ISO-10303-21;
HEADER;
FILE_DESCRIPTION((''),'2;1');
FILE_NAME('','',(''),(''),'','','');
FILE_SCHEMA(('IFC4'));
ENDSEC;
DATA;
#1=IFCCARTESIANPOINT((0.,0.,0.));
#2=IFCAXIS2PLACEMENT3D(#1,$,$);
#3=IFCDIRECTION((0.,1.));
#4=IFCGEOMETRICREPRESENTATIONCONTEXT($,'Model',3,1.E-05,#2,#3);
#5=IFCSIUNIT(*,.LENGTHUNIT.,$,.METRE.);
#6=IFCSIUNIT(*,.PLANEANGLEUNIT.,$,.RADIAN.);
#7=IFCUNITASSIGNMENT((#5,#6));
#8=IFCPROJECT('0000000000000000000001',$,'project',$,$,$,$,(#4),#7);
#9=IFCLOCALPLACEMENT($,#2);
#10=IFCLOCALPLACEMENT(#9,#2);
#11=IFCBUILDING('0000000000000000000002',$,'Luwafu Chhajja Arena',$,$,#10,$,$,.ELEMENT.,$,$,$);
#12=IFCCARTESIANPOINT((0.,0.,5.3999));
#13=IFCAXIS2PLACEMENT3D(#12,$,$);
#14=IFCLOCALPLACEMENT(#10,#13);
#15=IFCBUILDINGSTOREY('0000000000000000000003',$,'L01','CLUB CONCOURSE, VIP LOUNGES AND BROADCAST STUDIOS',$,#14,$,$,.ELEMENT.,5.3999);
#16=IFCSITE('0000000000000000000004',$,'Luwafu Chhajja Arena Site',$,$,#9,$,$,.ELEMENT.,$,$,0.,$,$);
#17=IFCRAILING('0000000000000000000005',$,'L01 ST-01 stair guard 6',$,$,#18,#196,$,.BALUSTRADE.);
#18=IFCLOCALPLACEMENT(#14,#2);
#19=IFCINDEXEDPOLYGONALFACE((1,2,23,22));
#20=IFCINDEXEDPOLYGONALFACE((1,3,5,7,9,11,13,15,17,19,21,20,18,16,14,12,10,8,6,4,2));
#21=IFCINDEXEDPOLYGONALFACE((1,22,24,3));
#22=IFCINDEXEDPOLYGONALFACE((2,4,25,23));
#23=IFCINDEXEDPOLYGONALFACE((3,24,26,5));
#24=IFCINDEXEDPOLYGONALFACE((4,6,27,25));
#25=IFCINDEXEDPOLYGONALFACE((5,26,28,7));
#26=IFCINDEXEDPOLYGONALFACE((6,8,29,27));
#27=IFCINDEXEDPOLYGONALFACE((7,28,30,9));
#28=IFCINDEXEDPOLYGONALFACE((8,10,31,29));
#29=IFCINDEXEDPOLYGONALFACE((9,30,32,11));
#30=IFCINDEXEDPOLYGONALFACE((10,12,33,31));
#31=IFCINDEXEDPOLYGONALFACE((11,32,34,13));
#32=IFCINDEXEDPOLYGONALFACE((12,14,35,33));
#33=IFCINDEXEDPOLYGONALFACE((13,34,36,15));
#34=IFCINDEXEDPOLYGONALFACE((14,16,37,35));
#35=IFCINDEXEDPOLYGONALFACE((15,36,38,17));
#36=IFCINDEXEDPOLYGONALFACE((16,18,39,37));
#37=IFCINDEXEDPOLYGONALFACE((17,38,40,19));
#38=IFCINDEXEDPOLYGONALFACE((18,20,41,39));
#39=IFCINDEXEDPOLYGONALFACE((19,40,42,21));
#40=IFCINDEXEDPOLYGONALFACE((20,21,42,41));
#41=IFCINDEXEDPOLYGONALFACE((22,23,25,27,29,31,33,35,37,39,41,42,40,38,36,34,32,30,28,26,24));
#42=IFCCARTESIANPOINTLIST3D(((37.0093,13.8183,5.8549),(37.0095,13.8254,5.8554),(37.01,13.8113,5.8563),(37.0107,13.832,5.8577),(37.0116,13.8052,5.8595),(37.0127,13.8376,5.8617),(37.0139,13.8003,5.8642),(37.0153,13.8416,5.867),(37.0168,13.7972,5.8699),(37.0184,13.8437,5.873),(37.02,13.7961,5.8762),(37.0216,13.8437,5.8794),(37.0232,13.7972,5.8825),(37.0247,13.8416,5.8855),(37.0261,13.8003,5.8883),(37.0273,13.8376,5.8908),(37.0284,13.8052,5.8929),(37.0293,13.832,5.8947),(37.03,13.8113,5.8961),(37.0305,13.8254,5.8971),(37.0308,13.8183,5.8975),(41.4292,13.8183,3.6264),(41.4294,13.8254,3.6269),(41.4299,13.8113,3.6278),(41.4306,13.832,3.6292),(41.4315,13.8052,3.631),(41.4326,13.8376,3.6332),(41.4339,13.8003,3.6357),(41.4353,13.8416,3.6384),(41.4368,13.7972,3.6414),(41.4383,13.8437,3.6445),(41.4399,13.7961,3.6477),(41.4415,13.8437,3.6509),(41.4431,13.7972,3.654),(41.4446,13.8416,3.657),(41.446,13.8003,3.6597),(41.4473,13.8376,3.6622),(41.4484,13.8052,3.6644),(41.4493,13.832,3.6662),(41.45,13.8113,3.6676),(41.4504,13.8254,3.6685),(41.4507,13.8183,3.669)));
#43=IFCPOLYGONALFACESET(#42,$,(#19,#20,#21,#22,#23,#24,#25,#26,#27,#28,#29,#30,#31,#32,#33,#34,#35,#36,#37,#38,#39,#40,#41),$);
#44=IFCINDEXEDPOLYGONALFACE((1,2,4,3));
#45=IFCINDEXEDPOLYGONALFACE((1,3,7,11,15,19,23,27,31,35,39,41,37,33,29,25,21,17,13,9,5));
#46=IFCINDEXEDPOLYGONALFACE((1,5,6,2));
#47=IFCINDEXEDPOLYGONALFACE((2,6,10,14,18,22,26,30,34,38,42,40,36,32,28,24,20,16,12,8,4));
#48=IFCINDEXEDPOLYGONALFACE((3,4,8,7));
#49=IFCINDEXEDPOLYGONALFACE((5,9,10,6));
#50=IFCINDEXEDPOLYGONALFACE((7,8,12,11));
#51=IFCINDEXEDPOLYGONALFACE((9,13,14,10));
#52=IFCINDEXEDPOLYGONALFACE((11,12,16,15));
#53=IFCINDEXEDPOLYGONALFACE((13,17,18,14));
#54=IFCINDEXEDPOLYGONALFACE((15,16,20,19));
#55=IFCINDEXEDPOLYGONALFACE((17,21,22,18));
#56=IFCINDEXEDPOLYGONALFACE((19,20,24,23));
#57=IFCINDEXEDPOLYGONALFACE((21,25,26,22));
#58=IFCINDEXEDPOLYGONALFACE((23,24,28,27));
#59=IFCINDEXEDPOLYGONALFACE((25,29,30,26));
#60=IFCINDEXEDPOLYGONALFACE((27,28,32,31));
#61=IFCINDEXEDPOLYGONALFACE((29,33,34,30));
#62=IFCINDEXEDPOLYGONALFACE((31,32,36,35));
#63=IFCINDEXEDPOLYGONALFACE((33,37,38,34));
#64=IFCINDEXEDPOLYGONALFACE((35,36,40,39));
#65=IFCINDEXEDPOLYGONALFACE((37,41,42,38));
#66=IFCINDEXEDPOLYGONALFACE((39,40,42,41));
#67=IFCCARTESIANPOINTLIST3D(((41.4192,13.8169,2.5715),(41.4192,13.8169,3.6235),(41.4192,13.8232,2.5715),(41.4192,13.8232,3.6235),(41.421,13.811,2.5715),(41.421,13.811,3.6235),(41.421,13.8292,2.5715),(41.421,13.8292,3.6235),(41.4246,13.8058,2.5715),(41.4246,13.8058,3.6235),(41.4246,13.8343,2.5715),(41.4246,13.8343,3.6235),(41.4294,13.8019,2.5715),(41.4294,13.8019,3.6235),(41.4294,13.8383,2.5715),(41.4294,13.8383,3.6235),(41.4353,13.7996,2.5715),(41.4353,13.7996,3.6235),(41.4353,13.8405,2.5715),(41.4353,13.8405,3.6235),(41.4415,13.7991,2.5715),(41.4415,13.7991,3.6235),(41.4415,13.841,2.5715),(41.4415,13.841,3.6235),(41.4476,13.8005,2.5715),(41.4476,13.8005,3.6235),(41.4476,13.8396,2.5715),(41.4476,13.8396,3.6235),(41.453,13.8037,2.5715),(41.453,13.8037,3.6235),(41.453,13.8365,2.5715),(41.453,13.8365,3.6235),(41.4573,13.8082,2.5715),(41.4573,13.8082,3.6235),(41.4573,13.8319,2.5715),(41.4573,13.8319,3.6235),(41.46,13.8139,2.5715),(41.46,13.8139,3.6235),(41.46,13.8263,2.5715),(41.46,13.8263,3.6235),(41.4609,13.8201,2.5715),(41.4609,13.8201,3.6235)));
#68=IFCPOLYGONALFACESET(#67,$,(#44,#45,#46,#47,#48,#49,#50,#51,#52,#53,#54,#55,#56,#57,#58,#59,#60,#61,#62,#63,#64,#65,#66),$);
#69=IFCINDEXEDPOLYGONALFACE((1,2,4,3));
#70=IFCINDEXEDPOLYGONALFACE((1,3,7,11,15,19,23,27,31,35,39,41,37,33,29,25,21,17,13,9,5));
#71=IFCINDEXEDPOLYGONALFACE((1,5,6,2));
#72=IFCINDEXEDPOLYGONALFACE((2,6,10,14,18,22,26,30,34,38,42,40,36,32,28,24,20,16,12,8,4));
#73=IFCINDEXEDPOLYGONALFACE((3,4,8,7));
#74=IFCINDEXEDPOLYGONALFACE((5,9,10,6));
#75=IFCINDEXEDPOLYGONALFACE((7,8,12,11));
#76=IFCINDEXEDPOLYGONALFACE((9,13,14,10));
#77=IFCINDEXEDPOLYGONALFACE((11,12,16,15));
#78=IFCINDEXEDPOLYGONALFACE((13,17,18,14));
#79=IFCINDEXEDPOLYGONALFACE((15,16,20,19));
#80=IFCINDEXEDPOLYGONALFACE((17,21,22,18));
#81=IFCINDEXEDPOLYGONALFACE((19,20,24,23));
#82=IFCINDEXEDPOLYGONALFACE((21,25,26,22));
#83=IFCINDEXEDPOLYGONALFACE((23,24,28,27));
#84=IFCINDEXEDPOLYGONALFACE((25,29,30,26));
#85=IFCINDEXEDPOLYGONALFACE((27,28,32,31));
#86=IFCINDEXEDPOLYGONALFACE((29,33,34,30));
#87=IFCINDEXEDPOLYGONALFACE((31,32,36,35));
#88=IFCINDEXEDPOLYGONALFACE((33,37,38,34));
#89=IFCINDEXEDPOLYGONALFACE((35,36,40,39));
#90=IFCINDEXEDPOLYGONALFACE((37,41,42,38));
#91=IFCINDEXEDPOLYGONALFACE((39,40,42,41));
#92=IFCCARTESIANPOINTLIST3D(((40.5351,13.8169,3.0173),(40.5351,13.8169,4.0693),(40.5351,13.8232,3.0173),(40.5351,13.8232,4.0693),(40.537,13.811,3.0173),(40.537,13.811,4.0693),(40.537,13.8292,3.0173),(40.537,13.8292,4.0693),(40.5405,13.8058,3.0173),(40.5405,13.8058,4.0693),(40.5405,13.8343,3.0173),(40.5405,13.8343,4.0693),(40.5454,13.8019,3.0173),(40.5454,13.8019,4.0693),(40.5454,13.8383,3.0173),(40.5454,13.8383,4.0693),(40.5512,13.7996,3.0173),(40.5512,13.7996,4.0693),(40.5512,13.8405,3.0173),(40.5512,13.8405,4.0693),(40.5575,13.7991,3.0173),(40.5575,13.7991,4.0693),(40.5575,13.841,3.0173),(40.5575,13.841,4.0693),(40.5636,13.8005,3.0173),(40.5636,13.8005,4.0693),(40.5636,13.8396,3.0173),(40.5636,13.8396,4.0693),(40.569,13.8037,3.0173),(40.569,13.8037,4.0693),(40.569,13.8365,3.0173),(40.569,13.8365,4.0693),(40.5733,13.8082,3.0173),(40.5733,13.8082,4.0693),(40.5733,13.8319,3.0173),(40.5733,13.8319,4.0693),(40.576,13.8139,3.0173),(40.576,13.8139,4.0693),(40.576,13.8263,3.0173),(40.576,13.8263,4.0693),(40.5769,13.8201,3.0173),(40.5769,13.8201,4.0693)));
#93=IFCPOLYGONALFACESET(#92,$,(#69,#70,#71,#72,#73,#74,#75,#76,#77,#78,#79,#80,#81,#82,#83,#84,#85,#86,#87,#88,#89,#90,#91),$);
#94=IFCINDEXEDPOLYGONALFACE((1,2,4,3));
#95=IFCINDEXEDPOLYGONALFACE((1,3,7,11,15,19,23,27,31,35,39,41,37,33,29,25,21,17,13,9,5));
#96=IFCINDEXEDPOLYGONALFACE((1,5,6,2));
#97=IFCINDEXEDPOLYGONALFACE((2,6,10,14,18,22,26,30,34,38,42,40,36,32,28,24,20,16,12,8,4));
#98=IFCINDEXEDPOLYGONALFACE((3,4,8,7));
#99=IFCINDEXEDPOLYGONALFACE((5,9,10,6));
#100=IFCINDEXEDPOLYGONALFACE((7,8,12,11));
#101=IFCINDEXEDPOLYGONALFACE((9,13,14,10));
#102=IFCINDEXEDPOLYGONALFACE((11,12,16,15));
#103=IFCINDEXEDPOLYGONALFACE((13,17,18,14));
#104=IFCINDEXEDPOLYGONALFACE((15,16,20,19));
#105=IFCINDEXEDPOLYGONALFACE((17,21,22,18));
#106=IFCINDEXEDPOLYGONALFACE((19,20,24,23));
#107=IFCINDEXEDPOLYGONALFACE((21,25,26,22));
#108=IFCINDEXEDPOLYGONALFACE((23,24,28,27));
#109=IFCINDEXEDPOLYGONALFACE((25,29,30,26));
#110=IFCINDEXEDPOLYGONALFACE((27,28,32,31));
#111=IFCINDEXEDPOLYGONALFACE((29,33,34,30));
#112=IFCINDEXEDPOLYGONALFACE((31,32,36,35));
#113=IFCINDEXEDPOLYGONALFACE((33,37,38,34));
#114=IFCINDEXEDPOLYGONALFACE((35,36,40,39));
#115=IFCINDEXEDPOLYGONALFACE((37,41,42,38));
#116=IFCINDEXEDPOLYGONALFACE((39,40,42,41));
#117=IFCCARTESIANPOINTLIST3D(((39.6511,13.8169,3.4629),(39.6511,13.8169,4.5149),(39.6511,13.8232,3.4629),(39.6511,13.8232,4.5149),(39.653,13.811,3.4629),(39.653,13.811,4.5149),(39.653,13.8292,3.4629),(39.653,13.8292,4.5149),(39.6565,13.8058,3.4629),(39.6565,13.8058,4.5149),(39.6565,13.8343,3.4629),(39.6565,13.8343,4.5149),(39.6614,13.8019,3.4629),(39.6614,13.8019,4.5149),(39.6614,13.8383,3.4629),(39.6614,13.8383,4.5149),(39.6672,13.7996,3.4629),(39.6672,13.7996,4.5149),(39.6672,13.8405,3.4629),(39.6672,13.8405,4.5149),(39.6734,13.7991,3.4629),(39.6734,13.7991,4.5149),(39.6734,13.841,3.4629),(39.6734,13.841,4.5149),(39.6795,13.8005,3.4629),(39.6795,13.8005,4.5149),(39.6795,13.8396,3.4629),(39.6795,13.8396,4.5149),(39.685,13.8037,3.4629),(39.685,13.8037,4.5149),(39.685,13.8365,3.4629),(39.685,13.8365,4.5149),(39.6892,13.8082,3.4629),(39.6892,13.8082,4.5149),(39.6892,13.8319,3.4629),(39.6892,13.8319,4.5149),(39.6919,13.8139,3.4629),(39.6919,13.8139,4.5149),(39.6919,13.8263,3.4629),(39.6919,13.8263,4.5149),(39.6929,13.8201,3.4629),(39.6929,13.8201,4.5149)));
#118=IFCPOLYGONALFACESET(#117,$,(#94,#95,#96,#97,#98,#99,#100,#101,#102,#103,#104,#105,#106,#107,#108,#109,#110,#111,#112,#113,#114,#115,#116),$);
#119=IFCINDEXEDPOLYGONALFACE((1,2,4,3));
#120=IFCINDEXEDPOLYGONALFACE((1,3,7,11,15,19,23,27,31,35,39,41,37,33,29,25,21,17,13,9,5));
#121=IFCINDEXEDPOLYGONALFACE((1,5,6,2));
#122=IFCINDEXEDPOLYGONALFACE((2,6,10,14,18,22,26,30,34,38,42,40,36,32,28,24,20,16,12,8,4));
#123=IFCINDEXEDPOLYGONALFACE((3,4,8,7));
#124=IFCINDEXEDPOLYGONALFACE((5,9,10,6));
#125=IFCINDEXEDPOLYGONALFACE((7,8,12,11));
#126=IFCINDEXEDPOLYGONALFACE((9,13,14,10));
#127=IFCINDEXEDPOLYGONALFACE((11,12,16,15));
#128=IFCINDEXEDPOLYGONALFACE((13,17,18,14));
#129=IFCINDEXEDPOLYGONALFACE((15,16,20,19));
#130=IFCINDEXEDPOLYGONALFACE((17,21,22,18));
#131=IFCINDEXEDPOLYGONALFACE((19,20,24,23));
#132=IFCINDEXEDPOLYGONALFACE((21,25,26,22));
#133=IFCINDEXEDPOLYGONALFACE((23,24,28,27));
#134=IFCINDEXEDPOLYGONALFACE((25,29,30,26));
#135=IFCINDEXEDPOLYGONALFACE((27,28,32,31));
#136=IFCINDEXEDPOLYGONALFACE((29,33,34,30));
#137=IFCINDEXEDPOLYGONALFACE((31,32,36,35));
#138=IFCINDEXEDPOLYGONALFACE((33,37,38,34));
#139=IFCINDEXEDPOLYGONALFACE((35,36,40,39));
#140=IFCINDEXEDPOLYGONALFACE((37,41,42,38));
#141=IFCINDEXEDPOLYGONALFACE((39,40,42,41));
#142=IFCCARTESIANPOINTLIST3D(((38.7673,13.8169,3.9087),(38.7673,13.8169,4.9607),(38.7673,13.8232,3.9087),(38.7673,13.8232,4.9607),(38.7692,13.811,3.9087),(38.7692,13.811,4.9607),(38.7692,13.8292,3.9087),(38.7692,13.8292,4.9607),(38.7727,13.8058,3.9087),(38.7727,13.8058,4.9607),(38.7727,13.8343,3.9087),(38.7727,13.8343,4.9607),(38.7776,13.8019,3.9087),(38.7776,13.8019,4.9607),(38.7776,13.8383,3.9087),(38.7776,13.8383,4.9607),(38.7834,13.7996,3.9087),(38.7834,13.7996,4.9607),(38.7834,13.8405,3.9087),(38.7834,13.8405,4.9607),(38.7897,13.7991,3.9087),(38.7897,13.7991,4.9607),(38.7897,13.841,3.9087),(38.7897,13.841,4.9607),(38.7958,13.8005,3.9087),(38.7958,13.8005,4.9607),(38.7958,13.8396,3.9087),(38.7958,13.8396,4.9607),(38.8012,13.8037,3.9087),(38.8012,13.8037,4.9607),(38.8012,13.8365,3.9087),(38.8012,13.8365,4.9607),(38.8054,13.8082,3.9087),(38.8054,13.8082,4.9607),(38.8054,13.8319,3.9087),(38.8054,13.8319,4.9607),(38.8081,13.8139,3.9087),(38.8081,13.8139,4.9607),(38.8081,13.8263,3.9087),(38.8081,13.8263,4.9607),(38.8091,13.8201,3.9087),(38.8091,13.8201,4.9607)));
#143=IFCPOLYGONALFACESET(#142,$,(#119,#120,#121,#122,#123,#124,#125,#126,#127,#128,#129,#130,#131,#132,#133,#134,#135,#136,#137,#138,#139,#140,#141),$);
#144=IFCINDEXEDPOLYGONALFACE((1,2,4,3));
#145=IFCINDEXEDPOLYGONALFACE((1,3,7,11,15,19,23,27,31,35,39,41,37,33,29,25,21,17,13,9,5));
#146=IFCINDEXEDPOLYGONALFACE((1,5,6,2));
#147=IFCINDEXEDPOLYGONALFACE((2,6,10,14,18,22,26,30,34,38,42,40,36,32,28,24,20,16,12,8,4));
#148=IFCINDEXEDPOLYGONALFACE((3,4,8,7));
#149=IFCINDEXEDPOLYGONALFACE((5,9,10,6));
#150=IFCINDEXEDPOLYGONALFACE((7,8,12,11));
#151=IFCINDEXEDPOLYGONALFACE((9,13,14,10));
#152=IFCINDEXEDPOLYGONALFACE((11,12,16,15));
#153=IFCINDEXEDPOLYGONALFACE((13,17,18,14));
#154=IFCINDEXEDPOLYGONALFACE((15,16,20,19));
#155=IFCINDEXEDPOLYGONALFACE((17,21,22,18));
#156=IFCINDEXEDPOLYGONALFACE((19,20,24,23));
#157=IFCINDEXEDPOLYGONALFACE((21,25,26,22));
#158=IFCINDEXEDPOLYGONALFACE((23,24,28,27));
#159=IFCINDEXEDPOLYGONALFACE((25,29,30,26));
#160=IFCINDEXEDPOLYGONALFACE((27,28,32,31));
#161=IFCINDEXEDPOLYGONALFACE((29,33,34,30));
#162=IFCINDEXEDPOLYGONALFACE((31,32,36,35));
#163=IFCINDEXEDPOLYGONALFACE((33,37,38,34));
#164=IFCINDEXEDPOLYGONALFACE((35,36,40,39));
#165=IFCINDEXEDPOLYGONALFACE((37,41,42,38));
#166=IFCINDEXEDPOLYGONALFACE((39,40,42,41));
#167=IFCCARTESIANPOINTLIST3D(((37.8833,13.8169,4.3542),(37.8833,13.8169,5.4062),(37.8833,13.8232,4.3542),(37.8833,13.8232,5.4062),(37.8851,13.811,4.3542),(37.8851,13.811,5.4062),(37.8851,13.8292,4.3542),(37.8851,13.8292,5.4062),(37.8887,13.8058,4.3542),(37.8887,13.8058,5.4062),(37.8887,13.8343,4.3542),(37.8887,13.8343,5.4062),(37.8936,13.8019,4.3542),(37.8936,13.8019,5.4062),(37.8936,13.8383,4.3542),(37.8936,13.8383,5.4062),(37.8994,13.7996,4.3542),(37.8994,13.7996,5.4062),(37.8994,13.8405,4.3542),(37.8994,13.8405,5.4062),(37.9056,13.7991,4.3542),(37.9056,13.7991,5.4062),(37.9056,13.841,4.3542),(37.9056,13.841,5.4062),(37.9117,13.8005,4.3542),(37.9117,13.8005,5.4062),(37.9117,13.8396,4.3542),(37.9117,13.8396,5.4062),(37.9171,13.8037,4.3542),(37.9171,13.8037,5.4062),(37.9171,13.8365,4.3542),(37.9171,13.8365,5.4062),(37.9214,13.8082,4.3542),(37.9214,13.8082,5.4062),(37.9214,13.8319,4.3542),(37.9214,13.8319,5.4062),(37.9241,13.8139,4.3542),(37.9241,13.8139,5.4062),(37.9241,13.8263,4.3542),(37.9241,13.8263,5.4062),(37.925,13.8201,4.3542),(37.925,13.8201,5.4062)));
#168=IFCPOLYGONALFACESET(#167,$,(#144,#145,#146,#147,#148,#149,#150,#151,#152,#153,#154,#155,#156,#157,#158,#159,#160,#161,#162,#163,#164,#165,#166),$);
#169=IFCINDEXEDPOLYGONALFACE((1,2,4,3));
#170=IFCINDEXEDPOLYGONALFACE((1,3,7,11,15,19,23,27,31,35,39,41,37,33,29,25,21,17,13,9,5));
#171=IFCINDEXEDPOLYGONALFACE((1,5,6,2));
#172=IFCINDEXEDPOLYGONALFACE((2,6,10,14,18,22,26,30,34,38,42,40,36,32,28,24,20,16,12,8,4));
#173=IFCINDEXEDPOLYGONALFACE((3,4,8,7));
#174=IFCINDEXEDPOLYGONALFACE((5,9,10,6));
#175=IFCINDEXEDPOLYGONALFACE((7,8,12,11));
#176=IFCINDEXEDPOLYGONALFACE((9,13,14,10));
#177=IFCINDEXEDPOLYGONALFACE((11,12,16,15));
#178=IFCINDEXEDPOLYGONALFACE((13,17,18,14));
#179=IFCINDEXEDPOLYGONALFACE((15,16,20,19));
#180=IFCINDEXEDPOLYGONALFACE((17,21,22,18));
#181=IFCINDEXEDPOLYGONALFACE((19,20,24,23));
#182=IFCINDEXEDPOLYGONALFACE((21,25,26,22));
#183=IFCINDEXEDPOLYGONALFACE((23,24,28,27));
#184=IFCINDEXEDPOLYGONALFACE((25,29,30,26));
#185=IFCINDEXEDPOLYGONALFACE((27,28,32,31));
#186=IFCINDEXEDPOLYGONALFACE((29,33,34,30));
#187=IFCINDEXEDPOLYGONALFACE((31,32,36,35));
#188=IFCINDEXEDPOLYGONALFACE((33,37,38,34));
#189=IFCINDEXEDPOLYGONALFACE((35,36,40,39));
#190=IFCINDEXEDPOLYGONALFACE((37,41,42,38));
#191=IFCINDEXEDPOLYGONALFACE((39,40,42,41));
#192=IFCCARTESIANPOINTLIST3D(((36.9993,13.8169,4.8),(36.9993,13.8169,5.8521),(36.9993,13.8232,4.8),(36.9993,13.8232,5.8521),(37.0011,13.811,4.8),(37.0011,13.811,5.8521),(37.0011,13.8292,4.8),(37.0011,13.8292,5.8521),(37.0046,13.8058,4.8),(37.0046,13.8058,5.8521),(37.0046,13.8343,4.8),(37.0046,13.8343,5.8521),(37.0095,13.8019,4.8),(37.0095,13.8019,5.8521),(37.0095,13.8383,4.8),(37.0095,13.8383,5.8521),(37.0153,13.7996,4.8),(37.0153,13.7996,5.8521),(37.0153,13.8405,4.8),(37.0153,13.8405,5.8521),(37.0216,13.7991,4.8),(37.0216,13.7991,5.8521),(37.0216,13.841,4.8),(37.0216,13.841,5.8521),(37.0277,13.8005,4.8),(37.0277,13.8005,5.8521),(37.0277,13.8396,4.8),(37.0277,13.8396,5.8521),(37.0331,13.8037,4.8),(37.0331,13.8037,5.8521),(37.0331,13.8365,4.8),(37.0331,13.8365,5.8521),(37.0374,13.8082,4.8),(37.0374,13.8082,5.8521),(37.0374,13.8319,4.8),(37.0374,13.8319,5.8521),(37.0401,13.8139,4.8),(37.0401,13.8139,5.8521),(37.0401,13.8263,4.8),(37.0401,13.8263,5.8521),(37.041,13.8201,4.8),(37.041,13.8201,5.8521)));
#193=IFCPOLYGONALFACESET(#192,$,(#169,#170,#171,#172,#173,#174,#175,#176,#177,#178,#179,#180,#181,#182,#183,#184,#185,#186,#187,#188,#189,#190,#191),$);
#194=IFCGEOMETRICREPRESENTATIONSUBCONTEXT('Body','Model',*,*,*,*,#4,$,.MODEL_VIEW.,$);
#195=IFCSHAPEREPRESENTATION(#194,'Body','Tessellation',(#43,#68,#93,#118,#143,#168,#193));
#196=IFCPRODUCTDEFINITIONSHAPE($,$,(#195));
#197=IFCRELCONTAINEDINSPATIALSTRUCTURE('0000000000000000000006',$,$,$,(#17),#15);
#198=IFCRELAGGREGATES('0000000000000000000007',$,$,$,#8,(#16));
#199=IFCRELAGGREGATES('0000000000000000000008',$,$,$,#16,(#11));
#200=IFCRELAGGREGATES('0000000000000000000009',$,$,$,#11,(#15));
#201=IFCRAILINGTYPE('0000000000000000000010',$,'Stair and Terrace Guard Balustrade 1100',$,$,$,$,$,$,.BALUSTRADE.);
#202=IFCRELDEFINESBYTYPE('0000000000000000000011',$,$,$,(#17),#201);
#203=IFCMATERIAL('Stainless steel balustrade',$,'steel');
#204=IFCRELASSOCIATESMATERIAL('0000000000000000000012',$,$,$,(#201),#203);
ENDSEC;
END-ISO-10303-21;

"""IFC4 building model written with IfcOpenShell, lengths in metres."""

from ifc_helpers import new_model, si_unit, direction, frame, origin, origin_2d, place, context, subcontext, project, spatial, circle, extrude, material, type_object, element, save


model = new_model("IFC4")

# Units and contexts
model_context = context("Model", 3, precision=1e-05, world=origin(), true_north=direction((0.0, 1.0)))
body_context = subcontext(model_context, "Body", "Model", "MODEL_VIEW")
ifc_project = project(units=[si_unit("LENGTHUNIT", "METRE"), si_unit("PLANEANGLEUNIT", "RADIAN")], contexts=[model_context])

# Site, building, storey
site_placement = place(None, origin())
site = spatial("IfcSite", under=ifc_project, at=site_placement, Name="Luwafu Chhajja Arena Site", CompositionType="ELEMENT", RefElevation=0.0)
building_placement = place(site_placement, origin())
building = spatial("IfcBuilding", under=site, at=building_placement, Name="Luwafu Chhajja Arena", CompositionType="ELEMENT")
storey_placement = place(building_placement, frame((0.0, 0.0, 5.3999)))
storey = spatial("IfcBuildingStorey", under=building, at=storey_placement, Name="L01", Description="CLUB CONCOURSE, VIP LOUNGES AND BROADCAST STUDIOS", CompositionType="ELEMENT", Elevation=5.3999)

# Railing
ifc_material_1 = material(Name="Stainless steel balustrade", Category="steel")
railing_type_1 = type_object("IfcRailingType", Name="Stair and Terrace Guard Balustrade 1100", PredefinedType="BALUSTRADE", material=ifc_material_1)
railing_1_placement = place(storey_placement, frame((41.4399, 13.8201, 2.5715)))
element("IfcRailing", 1, at=railing_1_placement, inside=storey, type_object=railing_type_1, Name="L01 ST-01 stair guard 6", PredefinedType="BALUSTRADE", context=body_context, shape_type="SweptSolid", body=[
    extrude(circle(Radius=0.0239, at=origin_2d()), frame((0.0, 0.0, 1.0762), z_axis=(-0.892923, 0.0, 0.45021), x_axis=(0.0, -1.0, 0.0)), (0.0, 0.0, 1.0), 4.95),
    extrude(circle(Radius=0.021, at=origin_2d()), origin(), (0.0, 0.0, 1.0), 1.052),
    extrude(circle(Radius=0.021, at=origin_2d()), frame((-0.884, 0.0, 0.4458)), (0.0, 0.0, 1.0), 1.052),
    extrude(circle(Radius=0.021, at=origin_2d()), frame((-1.7681, 0.0, 0.8914)), (0.0, 0.0, 1.0), 1.052),
    extrude(circle(Radius=0.021, at=origin_2d()), frame((-2.6519, 0.0, 1.3372)), (0.0, 0.0, 1.0), 1.052),
    extrude(circle(Radius=0.021, at=origin_2d()), frame((-3.5359, 0.0, 1.7827)), (0.0, 0.0, 1.0), 1.052),
    extrude(circle(Radius=0.021, at=origin_2d()), frame((-4.4199, 0.0, 2.2285)), (0.0, 0.0, 1.0), 1.052),
])

save(model, "model.ifc")
